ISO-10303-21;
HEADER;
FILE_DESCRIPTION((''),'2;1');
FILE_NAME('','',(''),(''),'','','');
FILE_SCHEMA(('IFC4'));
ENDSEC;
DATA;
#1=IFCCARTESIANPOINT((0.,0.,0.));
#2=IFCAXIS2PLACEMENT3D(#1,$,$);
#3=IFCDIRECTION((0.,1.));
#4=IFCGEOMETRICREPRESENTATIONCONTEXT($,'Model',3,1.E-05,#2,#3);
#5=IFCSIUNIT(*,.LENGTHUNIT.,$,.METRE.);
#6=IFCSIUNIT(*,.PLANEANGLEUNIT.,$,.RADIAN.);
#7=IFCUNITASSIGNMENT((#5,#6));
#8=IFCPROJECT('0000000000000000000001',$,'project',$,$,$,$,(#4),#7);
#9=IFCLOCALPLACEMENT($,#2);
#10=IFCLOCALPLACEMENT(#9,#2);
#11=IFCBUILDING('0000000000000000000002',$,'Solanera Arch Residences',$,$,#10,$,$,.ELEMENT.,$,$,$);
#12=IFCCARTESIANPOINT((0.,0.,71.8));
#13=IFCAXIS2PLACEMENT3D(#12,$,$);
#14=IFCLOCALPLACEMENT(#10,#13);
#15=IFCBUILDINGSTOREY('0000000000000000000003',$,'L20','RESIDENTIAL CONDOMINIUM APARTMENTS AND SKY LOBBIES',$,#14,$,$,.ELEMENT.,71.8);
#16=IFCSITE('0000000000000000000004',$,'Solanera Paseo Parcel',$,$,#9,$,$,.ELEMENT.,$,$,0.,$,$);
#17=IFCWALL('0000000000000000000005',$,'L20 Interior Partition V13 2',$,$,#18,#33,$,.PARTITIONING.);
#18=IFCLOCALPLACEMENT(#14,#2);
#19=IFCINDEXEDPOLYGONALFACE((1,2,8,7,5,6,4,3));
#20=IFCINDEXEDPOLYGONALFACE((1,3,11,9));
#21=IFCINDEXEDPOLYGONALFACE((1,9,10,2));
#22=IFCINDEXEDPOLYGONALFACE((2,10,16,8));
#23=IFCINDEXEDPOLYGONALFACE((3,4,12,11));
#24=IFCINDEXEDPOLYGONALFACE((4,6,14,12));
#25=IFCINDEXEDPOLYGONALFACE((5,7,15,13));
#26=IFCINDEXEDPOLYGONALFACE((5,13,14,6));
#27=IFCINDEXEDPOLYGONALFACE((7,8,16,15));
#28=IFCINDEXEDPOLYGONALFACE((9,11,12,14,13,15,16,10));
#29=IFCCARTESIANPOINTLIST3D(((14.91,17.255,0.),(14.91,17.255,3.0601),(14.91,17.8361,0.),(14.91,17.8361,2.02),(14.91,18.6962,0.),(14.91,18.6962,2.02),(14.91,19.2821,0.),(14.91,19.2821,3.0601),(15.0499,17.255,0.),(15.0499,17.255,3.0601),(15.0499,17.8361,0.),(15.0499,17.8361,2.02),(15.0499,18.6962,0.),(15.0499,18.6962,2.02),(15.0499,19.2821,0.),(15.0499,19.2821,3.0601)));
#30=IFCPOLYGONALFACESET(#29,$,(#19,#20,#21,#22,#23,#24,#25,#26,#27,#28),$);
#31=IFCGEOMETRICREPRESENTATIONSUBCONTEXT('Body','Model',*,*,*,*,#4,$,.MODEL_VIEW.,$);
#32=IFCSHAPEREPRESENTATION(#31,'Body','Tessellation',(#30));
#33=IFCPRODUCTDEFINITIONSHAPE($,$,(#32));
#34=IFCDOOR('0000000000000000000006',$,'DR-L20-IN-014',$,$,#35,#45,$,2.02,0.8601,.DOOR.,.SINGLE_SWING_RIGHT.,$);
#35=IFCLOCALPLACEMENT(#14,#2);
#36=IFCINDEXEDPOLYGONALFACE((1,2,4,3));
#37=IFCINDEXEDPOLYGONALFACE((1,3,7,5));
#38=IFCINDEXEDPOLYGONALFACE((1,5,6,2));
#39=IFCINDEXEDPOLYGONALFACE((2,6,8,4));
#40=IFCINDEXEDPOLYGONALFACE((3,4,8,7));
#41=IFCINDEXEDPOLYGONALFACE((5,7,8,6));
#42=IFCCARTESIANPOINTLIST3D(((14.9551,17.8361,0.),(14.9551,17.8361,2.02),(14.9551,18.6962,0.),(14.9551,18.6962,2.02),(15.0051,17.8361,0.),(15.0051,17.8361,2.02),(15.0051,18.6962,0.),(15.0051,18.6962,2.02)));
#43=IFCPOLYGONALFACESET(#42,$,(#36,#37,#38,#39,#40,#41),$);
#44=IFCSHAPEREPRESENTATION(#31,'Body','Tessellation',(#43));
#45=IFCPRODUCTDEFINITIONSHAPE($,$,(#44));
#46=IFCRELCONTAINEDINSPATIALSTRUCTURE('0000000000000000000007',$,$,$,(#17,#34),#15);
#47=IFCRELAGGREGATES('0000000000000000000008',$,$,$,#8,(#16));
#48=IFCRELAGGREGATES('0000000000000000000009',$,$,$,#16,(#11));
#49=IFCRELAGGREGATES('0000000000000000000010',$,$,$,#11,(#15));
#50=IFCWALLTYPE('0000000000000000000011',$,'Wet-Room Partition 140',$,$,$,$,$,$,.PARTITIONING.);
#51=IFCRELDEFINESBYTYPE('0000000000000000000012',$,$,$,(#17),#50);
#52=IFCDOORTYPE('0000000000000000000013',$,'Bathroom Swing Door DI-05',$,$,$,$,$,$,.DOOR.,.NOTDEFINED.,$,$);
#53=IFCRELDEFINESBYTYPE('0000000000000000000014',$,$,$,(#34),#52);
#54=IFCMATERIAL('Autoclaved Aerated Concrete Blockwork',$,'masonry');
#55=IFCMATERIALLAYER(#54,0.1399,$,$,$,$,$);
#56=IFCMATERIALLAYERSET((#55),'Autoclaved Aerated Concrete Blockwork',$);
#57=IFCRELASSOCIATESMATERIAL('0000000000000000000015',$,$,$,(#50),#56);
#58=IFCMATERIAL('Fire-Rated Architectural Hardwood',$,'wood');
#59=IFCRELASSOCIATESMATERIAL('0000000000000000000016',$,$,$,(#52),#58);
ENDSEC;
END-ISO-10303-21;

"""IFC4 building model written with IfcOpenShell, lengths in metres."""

from ifc_helpers import new_model, si_unit, direction, frame, frame_2d, origin, place, context, subcontext, project, spatial, rectangle, extrude, material, layer, layer_set, type_object, element, fill, save


model = new_model("IFC4")

# Units and contexts
model_context = context("Model", 3, precision=1e-05, world=origin(), true_north=direction((0.0, 1.0)))
body_context = subcontext(model_context, "Body", "Model", "MODEL_VIEW")
ifc_project = project(units=[si_unit("LENGTHUNIT", "METRE"), si_unit("PLANEANGLEUNIT", "RADIAN")], contexts=[model_context])

# Site, building, storey
site_placement = place(None, origin())
site = spatial("IfcSite", under=ifc_project, at=site_placement, Name="Solanera Paseo Parcel", CompositionType="ELEMENT", RefElevation=0.0)
building_placement = place(site_placement, origin())
building = spatial("IfcBuilding", under=site, at=building_placement, Name="Solanera Arch Residences", CompositionType="ELEMENT")
storey_placement = place(building_placement, frame((0.0, 0.0, 71.8)))
storey = spatial("IfcBuildingStorey", under=building, at=storey_placement, Name="L20", Description="RESIDENTIAL CONDOMINIUM APARTMENTS AND SKY LOBBIES", CompositionType="ELEMENT", Elevation=71.8)

# Shared definitions
ifc_material_1 = material(Name="Autoclaved Aerated Concrete Blockwork", Category="masonry")
ifc_layer_1 = layer(ifc_material_1, 0.1399)
ifc_layer_set_1 = layer_set([ifc_layer_1], Name="Autoclaved Aerated Concrete Blockwork")
wall_type_1 = type_object("IfcWallType", Name="Wet-Room Partition 140", PredefinedType="PARTITIONING", material=ifc_layer_set_1)

# Wall, opening, door
wall_1_placement = place(storey_placement, frame((14.98, 17.2549, 0.0), z_axis=(0.0, 0.0, 1.0), x_axis=(0.0, 1.0, 0.0)))
wall_1 = element("IfcWall", 1, at=wall_1_placement, inside=storey, type_object=wall_type_1, Name="L20 Interior Partition V13 2", PredefinedType="PARTITIONING", context=body_context, shape_type="SweptSolid", body=[
    extrude(rectangle(XDim=2.0271, YDim=0.1399, at=frame_2d((1.0137, 0.0))), origin(), (0.0, 0.0, 1.0), 3.0601),
])
opening_1_placement = place(wall_1_placement, frame((0.5811, 0.0, 0.0)))
opening_1 = element("IfcOpeningElement", 2, at=opening_1_placement, cuts=wall_1, PredefinedType="OPENING", context=body_context, shape_type="SweptSolid", body=[
    extrude(rectangle(XDim=0.8601, YDim=2.02, at=frame_2d((0.4302, 1.01))), frame((0.0, 0.0798, 0.0), z_axis=(0.0, -1.0, 0.0), x_axis=(1.0, 0.0, 0.0)), (0.0, 0.0, 1.0), 0.1599),
])
ifc_material_2 = material(Name="Fire-Rated Architectural Hardwood", Category="wood")
door_type_1 = type_object("IfcDoorType", Name="Bathroom Swing Door DI-05", OperationType="NOTDEFINED", PredefinedType="DOOR", material=ifc_material_2)
door_1_placement = place(opening_1_placement, origin())
door_1 = element("IfcDoor", 3, at=door_1_placement, inside=storey, type_object=door_type_1, Name="DR-L20-IN-014", OperationType="SINGLE_SWING_RIGHT", OverallHeight=2.02, OverallWidth=0.8601, PredefinedType="DOOR", context=body_context, shape_type="SweptSolid", body=[
    extrude(rectangle(XDim=0.8601, YDim=2.02, at=frame_2d((0.4302, 1.01))), frame((0.0, 0.0249, 0.0), z_axis=(0.0, -1.0, 0.0), x_axis=(1.0, 0.0, 0.0)), (0.0, 0.0, 1.0), 0.05),
])
fill(opening_1, door_1)

save(model, "model.ifc")
